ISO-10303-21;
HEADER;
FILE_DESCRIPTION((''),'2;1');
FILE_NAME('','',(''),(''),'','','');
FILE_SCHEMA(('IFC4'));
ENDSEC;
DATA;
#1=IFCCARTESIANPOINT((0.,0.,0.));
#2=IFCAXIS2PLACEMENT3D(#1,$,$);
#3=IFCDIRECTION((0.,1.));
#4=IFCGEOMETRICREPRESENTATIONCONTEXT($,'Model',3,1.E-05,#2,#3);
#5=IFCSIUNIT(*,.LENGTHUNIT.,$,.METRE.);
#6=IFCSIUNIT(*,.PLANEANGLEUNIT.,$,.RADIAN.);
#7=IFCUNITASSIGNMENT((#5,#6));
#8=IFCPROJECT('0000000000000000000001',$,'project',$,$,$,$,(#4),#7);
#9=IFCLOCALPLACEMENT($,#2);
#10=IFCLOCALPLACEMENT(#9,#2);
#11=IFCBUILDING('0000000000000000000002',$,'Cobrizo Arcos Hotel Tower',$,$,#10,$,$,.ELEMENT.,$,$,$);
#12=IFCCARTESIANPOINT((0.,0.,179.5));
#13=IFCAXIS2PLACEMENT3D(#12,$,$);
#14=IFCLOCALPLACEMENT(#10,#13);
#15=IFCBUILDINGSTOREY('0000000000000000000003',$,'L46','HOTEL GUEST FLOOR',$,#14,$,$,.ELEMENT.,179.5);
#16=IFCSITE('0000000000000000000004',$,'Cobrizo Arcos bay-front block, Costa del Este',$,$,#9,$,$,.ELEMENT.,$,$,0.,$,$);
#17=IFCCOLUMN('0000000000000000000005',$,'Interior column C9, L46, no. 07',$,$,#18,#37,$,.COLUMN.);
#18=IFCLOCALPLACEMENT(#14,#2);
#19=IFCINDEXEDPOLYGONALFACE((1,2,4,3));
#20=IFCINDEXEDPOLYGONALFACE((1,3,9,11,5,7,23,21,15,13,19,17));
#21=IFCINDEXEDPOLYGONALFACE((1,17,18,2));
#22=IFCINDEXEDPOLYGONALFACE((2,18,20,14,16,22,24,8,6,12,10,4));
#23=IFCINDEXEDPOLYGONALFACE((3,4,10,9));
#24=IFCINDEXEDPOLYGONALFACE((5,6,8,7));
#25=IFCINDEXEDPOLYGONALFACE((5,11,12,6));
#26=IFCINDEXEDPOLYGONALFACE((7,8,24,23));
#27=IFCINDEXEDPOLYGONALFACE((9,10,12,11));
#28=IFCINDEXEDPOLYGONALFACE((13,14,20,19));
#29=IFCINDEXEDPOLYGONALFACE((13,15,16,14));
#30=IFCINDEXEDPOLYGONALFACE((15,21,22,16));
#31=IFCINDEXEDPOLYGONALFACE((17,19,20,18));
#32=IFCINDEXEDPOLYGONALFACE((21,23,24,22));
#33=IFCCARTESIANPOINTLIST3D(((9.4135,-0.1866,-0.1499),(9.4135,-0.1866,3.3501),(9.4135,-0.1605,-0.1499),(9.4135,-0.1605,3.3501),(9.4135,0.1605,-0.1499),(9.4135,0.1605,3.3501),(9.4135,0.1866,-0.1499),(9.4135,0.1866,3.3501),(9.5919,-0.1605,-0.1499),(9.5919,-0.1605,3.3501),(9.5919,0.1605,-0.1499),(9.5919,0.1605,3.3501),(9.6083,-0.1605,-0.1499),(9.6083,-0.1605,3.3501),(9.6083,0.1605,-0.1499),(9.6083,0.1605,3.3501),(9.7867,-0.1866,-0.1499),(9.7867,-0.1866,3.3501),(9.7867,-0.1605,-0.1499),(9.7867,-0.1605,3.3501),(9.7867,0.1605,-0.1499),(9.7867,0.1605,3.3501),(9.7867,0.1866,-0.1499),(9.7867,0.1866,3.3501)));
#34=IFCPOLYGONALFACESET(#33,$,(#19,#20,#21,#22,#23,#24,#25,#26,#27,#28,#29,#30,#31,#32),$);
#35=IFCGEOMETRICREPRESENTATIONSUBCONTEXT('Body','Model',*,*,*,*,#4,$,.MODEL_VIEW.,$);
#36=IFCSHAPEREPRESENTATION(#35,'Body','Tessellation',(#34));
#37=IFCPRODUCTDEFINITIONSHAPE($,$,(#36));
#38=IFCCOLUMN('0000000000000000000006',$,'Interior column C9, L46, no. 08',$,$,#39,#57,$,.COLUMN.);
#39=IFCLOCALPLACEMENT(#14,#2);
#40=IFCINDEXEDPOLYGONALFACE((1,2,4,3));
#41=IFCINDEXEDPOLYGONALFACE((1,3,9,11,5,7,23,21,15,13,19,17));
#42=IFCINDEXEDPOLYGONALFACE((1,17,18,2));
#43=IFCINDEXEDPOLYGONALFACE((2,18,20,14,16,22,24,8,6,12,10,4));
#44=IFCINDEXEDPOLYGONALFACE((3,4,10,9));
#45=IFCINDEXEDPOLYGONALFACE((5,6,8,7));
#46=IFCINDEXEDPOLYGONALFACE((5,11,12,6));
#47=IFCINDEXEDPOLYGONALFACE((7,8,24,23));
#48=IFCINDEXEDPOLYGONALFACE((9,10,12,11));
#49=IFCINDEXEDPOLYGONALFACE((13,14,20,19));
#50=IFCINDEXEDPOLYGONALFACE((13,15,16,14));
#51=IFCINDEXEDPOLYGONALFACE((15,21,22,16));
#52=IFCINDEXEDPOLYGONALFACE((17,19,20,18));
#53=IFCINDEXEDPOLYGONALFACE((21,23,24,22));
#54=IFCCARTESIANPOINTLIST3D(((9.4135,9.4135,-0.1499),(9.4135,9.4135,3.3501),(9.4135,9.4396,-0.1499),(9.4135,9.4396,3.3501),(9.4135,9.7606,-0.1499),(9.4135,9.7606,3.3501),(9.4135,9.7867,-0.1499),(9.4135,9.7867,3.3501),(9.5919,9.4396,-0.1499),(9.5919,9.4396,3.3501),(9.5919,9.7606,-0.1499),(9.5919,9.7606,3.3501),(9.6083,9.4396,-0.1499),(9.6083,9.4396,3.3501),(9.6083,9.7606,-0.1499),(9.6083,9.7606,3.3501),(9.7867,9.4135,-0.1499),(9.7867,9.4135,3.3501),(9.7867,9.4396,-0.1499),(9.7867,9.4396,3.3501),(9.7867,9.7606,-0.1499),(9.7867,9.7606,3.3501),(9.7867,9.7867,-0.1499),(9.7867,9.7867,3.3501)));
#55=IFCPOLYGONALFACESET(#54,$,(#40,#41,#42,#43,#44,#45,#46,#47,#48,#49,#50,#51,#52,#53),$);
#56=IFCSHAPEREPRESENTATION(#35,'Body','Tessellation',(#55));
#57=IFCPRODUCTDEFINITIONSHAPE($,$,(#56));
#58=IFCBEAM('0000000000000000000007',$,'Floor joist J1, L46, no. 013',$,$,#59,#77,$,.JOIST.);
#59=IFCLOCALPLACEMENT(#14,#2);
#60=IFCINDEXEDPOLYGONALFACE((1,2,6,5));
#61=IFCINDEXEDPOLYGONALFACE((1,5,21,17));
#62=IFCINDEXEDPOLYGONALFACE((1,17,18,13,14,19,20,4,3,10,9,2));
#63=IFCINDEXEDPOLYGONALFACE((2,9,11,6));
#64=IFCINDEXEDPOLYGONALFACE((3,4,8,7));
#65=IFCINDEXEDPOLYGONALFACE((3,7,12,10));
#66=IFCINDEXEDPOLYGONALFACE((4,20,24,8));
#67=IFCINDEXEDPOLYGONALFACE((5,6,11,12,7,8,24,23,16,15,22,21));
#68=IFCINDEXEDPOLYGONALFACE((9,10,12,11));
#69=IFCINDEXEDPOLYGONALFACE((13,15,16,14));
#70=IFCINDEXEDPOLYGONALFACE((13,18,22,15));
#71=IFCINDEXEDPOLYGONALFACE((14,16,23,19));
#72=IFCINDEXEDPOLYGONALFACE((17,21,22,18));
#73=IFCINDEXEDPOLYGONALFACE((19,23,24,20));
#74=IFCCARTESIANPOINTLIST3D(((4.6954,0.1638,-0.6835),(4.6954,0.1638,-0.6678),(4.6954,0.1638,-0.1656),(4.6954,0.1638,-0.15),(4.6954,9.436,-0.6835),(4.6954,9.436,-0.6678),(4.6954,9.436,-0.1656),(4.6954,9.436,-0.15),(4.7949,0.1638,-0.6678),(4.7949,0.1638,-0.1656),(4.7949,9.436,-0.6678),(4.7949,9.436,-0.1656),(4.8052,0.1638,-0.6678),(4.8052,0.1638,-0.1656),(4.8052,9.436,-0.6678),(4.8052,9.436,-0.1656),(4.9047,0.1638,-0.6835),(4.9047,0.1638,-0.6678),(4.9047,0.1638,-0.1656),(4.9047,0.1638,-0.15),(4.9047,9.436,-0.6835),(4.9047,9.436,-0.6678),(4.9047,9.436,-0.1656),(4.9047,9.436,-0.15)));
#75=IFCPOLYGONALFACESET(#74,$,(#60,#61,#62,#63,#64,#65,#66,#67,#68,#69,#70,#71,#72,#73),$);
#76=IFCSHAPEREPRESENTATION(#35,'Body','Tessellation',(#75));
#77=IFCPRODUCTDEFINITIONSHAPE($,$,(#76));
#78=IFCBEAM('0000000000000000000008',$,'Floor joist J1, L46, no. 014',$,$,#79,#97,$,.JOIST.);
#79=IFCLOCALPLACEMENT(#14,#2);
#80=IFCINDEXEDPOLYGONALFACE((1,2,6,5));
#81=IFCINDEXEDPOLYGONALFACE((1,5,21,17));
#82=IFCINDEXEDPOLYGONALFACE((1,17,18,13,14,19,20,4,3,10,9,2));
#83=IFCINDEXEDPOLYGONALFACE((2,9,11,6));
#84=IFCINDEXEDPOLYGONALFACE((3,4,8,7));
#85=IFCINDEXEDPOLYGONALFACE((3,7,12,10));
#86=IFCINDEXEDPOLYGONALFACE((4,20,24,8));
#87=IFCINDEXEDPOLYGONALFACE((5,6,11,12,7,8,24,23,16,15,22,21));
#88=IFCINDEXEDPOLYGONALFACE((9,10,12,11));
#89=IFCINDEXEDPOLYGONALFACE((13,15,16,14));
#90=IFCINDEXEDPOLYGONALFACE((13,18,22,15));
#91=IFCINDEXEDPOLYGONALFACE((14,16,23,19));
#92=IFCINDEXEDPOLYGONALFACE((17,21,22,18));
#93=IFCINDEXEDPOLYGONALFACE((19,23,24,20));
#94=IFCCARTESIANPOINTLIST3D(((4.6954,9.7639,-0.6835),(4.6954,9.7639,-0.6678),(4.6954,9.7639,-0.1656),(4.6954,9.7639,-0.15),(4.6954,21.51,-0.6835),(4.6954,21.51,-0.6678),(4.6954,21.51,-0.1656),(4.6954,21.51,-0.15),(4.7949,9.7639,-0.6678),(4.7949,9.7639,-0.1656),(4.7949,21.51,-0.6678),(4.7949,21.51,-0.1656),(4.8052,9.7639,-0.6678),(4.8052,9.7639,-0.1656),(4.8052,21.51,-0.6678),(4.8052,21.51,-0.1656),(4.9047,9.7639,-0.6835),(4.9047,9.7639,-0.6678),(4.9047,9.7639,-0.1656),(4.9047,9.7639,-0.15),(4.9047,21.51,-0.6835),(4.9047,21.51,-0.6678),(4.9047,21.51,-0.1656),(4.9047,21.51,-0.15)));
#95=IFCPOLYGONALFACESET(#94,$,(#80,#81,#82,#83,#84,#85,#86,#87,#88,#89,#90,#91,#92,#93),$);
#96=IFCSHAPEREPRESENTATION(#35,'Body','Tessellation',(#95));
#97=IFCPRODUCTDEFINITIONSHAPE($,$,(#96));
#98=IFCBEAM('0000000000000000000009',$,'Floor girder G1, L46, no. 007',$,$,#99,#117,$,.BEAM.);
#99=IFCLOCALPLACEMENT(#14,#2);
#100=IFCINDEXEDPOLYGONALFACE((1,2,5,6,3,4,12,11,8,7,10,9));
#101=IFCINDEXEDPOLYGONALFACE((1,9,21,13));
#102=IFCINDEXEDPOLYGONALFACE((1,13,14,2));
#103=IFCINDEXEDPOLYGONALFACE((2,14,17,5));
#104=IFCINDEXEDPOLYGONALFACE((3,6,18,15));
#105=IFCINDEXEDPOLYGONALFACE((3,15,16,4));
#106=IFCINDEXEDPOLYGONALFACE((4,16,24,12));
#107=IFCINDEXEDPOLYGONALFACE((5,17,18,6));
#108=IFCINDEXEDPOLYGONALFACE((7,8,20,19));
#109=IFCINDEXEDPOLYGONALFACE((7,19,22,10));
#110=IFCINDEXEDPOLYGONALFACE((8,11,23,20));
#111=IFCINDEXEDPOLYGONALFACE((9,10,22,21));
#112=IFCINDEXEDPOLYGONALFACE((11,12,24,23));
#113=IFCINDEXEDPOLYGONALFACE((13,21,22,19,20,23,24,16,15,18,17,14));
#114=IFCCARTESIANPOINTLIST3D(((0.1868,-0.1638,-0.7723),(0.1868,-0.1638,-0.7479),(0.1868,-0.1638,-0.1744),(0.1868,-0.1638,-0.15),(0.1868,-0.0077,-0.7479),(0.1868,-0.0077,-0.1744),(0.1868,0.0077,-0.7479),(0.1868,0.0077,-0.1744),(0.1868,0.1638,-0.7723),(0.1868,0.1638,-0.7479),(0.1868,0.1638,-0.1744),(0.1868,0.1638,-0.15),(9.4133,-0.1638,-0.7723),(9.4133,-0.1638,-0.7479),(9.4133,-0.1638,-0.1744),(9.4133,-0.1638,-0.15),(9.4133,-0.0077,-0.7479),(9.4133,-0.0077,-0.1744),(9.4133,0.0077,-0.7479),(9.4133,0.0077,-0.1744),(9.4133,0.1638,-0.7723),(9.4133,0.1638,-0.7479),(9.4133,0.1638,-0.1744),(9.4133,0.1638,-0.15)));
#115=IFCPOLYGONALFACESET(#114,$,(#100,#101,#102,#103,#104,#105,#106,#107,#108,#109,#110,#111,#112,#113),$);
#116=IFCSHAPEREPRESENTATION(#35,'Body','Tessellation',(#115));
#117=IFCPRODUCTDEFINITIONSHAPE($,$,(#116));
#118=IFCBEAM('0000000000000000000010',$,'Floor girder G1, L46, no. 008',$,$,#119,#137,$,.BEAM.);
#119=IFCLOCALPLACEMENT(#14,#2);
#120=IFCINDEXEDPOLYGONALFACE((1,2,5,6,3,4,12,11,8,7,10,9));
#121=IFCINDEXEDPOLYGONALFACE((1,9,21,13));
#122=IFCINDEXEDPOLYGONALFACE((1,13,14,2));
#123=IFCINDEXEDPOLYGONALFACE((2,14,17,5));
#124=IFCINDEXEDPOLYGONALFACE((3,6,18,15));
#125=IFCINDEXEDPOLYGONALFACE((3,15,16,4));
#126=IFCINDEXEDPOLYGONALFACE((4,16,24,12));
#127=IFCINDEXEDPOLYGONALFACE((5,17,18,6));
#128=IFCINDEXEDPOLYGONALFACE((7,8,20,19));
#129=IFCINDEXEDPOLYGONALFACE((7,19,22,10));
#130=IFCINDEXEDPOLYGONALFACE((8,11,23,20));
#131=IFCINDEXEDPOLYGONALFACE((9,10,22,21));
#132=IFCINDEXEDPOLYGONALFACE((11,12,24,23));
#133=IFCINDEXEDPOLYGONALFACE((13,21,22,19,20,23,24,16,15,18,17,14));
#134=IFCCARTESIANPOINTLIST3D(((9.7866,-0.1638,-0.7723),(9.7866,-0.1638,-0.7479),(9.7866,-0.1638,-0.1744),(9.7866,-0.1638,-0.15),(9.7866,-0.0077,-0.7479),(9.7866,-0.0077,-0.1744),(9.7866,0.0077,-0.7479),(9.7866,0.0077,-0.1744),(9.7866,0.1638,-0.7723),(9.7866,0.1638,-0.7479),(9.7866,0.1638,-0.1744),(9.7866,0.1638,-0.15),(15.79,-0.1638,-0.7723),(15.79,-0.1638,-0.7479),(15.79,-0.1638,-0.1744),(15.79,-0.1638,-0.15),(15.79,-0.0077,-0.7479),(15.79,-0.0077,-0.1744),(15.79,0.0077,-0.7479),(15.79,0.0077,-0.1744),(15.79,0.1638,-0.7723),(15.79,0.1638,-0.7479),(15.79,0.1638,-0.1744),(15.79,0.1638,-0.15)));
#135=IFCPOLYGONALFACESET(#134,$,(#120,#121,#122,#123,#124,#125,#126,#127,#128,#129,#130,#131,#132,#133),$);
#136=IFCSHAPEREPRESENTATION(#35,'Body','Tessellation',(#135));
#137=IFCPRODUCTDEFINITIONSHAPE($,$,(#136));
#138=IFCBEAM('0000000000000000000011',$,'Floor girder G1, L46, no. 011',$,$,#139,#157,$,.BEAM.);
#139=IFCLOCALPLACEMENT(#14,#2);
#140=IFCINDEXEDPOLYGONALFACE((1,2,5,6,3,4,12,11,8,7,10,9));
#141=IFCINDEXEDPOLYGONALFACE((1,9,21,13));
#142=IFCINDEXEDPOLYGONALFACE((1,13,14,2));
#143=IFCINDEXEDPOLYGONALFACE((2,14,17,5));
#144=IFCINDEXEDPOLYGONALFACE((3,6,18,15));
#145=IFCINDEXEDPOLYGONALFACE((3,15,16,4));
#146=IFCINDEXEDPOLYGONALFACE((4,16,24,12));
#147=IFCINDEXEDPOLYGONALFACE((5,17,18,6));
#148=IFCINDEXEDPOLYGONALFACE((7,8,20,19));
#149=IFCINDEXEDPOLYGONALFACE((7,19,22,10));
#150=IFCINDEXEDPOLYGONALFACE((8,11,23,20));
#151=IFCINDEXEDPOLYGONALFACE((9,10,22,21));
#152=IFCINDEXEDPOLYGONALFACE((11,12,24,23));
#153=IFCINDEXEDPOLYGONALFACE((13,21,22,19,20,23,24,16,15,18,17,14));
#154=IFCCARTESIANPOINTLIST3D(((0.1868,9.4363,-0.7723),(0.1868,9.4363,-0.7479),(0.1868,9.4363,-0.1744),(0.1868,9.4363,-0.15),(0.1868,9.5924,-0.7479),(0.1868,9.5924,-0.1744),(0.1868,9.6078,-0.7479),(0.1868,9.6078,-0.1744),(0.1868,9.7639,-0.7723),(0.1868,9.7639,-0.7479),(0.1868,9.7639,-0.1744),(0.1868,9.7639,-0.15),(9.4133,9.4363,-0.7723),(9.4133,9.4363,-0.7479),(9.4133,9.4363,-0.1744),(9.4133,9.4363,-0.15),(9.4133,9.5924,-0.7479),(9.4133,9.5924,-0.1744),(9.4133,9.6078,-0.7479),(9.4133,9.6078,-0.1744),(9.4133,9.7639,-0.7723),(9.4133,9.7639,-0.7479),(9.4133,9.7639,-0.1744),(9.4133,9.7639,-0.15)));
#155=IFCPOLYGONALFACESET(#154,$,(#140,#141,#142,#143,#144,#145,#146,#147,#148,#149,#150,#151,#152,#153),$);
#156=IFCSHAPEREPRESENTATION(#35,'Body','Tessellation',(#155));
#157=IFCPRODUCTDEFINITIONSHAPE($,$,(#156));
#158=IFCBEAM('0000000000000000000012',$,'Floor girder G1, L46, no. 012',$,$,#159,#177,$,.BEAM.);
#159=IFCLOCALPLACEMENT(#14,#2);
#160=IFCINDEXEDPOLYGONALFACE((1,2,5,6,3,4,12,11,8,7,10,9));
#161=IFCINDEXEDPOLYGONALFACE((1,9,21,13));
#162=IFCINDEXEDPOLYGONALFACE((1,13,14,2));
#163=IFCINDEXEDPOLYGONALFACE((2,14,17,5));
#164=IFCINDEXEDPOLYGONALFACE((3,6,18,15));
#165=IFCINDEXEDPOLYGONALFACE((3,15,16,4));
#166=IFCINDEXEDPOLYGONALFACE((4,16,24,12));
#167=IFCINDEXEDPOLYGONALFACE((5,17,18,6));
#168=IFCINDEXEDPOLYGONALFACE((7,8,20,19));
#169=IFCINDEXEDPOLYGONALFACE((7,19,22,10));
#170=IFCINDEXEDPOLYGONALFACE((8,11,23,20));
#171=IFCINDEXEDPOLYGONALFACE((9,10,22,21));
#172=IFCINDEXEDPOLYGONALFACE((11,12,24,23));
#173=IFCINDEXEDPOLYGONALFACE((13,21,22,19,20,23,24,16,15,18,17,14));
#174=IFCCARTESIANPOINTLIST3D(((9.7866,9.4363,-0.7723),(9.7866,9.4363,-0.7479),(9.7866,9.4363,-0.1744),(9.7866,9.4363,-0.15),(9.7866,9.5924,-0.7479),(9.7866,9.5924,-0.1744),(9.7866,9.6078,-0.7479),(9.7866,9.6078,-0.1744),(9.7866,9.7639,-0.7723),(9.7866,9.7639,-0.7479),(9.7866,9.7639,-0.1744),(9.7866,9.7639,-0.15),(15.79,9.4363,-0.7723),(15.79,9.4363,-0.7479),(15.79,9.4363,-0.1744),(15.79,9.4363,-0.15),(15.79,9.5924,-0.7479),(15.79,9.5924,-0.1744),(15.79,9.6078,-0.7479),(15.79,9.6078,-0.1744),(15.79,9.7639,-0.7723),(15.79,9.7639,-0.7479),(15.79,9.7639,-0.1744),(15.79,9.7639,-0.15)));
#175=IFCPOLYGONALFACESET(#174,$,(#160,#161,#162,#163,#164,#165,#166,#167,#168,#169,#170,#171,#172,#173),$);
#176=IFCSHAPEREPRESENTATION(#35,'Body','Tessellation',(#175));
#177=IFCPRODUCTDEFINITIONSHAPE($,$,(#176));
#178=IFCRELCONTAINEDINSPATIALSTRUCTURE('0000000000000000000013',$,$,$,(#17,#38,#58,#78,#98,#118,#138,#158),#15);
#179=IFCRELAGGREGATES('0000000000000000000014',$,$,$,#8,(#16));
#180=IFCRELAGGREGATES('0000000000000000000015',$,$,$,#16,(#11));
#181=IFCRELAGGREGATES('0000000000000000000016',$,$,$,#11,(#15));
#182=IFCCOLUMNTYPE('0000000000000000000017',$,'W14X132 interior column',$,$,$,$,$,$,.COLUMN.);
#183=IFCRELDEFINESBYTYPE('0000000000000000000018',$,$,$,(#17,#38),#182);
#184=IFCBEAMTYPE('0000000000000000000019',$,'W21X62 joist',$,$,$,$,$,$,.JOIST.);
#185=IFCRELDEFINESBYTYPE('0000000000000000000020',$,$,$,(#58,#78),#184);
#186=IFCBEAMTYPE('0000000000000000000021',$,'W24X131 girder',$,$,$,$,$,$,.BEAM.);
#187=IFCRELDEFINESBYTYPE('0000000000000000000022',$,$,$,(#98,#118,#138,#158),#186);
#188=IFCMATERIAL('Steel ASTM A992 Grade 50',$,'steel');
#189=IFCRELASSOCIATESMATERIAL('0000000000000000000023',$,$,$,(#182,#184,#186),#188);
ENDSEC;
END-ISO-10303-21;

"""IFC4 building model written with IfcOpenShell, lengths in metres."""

from ifc_helpers import new_model, si_unit, direction, frame, origin, origin_2d, place, context, subcontext, project, spatial, i_section, extrude, material, material_profile, profile_set, type_object, element, save


model = new_model("IFC4")

# Units and contexts
model_context = context("Model", 3, precision=1e-05, world=origin(), true_north=direction((0.0, 1.0)))
body_context = subcontext(model_context, "Body", "Model", "MODEL_VIEW")
ifc_project = project(units=[si_unit("LENGTHUNIT", "METRE"), si_unit("PLANEANGLEUNIT", "RADIAN")], contexts=[model_context])

# Site, building, storey
site_placement = place(None, origin())
site = spatial("IfcSite", under=ifc_project, at=site_placement, Name="Cobrizo Arcos bay-front block, Costa del Este", CompositionType="ELEMENT", RefElevation=0.0)
building_placement = place(site_placement, origin())
building = spatial("IfcBuilding", under=site, at=building_placement, Name="Cobrizo Arcos Hotel Tower", CompositionType="ELEMENT")
storey_placement = place(building_placement, frame((0.0, 0.0, 179.5)))
storey = spatial("IfcBuildingStorey", under=building, at=storey_placement, Name="L46", Description="HOTEL GUEST FLOOR", CompositionType="ELEMENT", Elevation=179.5)

# Columns
ifc_material_1 = material(Name="Steel ASTM A992 Grade 50", Category="steel")
ifc_material_profile_1 = material_profile(ifc_material_1, i_section(OverallWidth=0.3733, OverallDepth=0.3733, WebThickness=0.0164, FlangeThickness=0.0261, at=origin_2d()), Name="W14X132")
ifc_profile_set_1 = profile_set([ifc_material_profile_1], Name="Steel ASTM A992 Grade 50")
column_type = type_object("IfcColumnType", Name="W14X132 interior column", PredefinedType="COLUMN", material=ifc_profile_set_1)
for number, where, z_axis, x_axis, name in (
    (1, (9.6001, 0.0, -0.1499), (0.0, 0.0, 1.0), (1.0, 0.0, 0.0), "Interior column C9, L46, no. 07"),
    (2, (9.6001, 9.6001, -0.1499), (0.0, 0.0, 1.0), (1.0, 0.0, 0.0), "Interior column C9, L46, no. 08"),
):
    element("IfcColumn", number, at=place(storey_placement, frame(where, z_axis=z_axis, x_axis=x_axis)), inside=storey, type_object=column_type, Name=name, PredefinedType="COLUMN", context=body_context, shape_type="SweptSolid", body=[
        extrude(i_section(OverallWidth=0.3733, OverallDepth=0.3733, WebThickness=0.0164, FlangeThickness=0.0261, at=origin_2d()), origin(), (0.0, 0.0, 1.0), 3.5),
    ])

# Beams
ifc_material_profile_2 = material_profile(ifc_material_1, i_section(OverallWidth=0.2092, OverallDepth=0.5334, WebThickness=0.0103, FlangeThickness=0.0156, at=origin_2d()), Name="W21X62")
ifc_profile_set_2 = profile_set([ifc_material_profile_2], Name="Steel ASTM A992 Grade 50")
beam_type_1 = type_object("IfcBeamType", Name="W21X62 joist", PredefinedType="JOIST", material=ifc_profile_set_2)
beam_1_placement = place(storey_placement, frame((4.8, 0.1638, -0.4167), z_axis=(0.0, 1.0, 0.0), x_axis=(-1.0, 0.0, 0.0)))
element("IfcBeam", 3, at=beam_1_placement, inside=storey, type_object=beam_type_1, Name="Floor joist J1, L46, no. 013", PredefinedType="JOIST", context=body_context, shape_type="SweptSolid", body=[
    extrude(i_section(OverallWidth=0.2092, OverallDepth=0.5334, WebThickness=0.0103, FlangeThickness=0.0156, at=origin_2d()), origin(), (0.0, 0.0, 1.0), 9.2722),
])
beam_2_placement = place(storey_placement, frame((4.8, 9.7639, -0.4167), z_axis=(0.0, 1.0, 0.0), x_axis=(-1.0, 0.0, 0.0)))
element("IfcBeam", 4, at=beam_2_placement, inside=storey, type_object=beam_type_1, Name="Floor joist J1, L46, no. 014", PredefinedType="JOIST", context=body_context, shape_type="SweptSolid", body=[
    extrude(i_section(OverallWidth=0.2092, OverallDepth=0.5334, WebThickness=0.0103, FlangeThickness=0.0156, at=origin_2d()), origin(), (0.0, 0.0, 1.0), 11.7461),
])
ifc_material_profile_3 = material_profile(ifc_material_1, i_section(OverallWidth=0.3276, OverallDepth=0.6223, WebThickness=0.0154, FlangeThickness=0.0244, at=origin_2d()), Name="W24X131")
ifc_profile_set_3 = profile_set([ifc_material_profile_3], Name="Steel ASTM A992 Grade 50")
beam_type_2 = type_object("IfcBeamType", Name="W24X131 girder", PredefinedType="BEAM", material=ifc_profile_set_3)
beam_3_placement = place(storey_placement, frame((0.1868, 0.0, -0.4612), z_axis=(1.0, 0.0, 0.0), x_axis=(0.0, 1.0, 0.0)))
element("IfcBeam", 5, at=beam_3_placement, inside=storey, type_object=beam_type_2, Name="Floor girder G1, L46, no. 007", PredefinedType="BEAM", context=body_context, shape_type="SweptSolid", body=[
    extrude(i_section(OverallWidth=0.3276, OverallDepth=0.6223, WebThickness=0.0154, FlangeThickness=0.0244, at=origin_2d()), origin(), (0.0, 0.0, 1.0), 9.2266),
])
beam_4_placement = place(storey_placement, frame((9.7866, 0.0, -0.4612), z_axis=(1.0, 0.0, 0.0), x_axis=(0.0, 1.0, 0.0)))
element("IfcBeam", 6, at=beam_4_placement, inside=storey, type_object=beam_type_2, Name="Floor girder G1, L46, no. 008", PredefinedType="BEAM", context=body_context, shape_type="SweptSolid", body=[
    extrude(i_section(OverallWidth=0.3276, OverallDepth=0.6223, WebThickness=0.0154, FlangeThickness=0.0244, at=origin_2d()), origin(), (0.0, 0.0, 1.0), 6.0034),
])
beam_5_placement = place(storey_placement, frame((0.1868, 9.6001, -0.4612), z_axis=(1.0, 0.0, 0.0), x_axis=(0.0, 1.0, 0.0)))
element("IfcBeam", 7, at=beam_5_placement, inside=storey, type_object=beam_type_2, Name="Floor girder G1, L46, no. 011", PredefinedType="BEAM", context=body_context, shape_type="SweptSolid", body=[
    extrude(i_section(OverallWidth=0.3276, OverallDepth=0.6223, WebThickness=0.0154, FlangeThickness=0.0244, at=origin_2d()), origin(), (0.0, 0.0, 1.0), 9.2266),
])
beam_6_placement = place(storey_placement, frame((9.7866, 9.6001, -0.4612), z_axis=(1.0, 0.0, 0.0), x_axis=(0.0, 1.0, 0.0)))
element("IfcBeam", 8, at=beam_6_placement, inside=storey, type_object=beam_type_2, Name="Floor girder G1, L46, no. 012", PredefinedType="BEAM", context=body_context, shape_type="SweptSolid", body=[
    extrude(i_section(OverallWidth=0.3276, OverallDepth=0.6223, WebThickness=0.0154, FlangeThickness=0.0244, at=origin_2d()), origin(), (0.0, 0.0, 1.0), 6.0034),
])

save(model, "model.ifc")
